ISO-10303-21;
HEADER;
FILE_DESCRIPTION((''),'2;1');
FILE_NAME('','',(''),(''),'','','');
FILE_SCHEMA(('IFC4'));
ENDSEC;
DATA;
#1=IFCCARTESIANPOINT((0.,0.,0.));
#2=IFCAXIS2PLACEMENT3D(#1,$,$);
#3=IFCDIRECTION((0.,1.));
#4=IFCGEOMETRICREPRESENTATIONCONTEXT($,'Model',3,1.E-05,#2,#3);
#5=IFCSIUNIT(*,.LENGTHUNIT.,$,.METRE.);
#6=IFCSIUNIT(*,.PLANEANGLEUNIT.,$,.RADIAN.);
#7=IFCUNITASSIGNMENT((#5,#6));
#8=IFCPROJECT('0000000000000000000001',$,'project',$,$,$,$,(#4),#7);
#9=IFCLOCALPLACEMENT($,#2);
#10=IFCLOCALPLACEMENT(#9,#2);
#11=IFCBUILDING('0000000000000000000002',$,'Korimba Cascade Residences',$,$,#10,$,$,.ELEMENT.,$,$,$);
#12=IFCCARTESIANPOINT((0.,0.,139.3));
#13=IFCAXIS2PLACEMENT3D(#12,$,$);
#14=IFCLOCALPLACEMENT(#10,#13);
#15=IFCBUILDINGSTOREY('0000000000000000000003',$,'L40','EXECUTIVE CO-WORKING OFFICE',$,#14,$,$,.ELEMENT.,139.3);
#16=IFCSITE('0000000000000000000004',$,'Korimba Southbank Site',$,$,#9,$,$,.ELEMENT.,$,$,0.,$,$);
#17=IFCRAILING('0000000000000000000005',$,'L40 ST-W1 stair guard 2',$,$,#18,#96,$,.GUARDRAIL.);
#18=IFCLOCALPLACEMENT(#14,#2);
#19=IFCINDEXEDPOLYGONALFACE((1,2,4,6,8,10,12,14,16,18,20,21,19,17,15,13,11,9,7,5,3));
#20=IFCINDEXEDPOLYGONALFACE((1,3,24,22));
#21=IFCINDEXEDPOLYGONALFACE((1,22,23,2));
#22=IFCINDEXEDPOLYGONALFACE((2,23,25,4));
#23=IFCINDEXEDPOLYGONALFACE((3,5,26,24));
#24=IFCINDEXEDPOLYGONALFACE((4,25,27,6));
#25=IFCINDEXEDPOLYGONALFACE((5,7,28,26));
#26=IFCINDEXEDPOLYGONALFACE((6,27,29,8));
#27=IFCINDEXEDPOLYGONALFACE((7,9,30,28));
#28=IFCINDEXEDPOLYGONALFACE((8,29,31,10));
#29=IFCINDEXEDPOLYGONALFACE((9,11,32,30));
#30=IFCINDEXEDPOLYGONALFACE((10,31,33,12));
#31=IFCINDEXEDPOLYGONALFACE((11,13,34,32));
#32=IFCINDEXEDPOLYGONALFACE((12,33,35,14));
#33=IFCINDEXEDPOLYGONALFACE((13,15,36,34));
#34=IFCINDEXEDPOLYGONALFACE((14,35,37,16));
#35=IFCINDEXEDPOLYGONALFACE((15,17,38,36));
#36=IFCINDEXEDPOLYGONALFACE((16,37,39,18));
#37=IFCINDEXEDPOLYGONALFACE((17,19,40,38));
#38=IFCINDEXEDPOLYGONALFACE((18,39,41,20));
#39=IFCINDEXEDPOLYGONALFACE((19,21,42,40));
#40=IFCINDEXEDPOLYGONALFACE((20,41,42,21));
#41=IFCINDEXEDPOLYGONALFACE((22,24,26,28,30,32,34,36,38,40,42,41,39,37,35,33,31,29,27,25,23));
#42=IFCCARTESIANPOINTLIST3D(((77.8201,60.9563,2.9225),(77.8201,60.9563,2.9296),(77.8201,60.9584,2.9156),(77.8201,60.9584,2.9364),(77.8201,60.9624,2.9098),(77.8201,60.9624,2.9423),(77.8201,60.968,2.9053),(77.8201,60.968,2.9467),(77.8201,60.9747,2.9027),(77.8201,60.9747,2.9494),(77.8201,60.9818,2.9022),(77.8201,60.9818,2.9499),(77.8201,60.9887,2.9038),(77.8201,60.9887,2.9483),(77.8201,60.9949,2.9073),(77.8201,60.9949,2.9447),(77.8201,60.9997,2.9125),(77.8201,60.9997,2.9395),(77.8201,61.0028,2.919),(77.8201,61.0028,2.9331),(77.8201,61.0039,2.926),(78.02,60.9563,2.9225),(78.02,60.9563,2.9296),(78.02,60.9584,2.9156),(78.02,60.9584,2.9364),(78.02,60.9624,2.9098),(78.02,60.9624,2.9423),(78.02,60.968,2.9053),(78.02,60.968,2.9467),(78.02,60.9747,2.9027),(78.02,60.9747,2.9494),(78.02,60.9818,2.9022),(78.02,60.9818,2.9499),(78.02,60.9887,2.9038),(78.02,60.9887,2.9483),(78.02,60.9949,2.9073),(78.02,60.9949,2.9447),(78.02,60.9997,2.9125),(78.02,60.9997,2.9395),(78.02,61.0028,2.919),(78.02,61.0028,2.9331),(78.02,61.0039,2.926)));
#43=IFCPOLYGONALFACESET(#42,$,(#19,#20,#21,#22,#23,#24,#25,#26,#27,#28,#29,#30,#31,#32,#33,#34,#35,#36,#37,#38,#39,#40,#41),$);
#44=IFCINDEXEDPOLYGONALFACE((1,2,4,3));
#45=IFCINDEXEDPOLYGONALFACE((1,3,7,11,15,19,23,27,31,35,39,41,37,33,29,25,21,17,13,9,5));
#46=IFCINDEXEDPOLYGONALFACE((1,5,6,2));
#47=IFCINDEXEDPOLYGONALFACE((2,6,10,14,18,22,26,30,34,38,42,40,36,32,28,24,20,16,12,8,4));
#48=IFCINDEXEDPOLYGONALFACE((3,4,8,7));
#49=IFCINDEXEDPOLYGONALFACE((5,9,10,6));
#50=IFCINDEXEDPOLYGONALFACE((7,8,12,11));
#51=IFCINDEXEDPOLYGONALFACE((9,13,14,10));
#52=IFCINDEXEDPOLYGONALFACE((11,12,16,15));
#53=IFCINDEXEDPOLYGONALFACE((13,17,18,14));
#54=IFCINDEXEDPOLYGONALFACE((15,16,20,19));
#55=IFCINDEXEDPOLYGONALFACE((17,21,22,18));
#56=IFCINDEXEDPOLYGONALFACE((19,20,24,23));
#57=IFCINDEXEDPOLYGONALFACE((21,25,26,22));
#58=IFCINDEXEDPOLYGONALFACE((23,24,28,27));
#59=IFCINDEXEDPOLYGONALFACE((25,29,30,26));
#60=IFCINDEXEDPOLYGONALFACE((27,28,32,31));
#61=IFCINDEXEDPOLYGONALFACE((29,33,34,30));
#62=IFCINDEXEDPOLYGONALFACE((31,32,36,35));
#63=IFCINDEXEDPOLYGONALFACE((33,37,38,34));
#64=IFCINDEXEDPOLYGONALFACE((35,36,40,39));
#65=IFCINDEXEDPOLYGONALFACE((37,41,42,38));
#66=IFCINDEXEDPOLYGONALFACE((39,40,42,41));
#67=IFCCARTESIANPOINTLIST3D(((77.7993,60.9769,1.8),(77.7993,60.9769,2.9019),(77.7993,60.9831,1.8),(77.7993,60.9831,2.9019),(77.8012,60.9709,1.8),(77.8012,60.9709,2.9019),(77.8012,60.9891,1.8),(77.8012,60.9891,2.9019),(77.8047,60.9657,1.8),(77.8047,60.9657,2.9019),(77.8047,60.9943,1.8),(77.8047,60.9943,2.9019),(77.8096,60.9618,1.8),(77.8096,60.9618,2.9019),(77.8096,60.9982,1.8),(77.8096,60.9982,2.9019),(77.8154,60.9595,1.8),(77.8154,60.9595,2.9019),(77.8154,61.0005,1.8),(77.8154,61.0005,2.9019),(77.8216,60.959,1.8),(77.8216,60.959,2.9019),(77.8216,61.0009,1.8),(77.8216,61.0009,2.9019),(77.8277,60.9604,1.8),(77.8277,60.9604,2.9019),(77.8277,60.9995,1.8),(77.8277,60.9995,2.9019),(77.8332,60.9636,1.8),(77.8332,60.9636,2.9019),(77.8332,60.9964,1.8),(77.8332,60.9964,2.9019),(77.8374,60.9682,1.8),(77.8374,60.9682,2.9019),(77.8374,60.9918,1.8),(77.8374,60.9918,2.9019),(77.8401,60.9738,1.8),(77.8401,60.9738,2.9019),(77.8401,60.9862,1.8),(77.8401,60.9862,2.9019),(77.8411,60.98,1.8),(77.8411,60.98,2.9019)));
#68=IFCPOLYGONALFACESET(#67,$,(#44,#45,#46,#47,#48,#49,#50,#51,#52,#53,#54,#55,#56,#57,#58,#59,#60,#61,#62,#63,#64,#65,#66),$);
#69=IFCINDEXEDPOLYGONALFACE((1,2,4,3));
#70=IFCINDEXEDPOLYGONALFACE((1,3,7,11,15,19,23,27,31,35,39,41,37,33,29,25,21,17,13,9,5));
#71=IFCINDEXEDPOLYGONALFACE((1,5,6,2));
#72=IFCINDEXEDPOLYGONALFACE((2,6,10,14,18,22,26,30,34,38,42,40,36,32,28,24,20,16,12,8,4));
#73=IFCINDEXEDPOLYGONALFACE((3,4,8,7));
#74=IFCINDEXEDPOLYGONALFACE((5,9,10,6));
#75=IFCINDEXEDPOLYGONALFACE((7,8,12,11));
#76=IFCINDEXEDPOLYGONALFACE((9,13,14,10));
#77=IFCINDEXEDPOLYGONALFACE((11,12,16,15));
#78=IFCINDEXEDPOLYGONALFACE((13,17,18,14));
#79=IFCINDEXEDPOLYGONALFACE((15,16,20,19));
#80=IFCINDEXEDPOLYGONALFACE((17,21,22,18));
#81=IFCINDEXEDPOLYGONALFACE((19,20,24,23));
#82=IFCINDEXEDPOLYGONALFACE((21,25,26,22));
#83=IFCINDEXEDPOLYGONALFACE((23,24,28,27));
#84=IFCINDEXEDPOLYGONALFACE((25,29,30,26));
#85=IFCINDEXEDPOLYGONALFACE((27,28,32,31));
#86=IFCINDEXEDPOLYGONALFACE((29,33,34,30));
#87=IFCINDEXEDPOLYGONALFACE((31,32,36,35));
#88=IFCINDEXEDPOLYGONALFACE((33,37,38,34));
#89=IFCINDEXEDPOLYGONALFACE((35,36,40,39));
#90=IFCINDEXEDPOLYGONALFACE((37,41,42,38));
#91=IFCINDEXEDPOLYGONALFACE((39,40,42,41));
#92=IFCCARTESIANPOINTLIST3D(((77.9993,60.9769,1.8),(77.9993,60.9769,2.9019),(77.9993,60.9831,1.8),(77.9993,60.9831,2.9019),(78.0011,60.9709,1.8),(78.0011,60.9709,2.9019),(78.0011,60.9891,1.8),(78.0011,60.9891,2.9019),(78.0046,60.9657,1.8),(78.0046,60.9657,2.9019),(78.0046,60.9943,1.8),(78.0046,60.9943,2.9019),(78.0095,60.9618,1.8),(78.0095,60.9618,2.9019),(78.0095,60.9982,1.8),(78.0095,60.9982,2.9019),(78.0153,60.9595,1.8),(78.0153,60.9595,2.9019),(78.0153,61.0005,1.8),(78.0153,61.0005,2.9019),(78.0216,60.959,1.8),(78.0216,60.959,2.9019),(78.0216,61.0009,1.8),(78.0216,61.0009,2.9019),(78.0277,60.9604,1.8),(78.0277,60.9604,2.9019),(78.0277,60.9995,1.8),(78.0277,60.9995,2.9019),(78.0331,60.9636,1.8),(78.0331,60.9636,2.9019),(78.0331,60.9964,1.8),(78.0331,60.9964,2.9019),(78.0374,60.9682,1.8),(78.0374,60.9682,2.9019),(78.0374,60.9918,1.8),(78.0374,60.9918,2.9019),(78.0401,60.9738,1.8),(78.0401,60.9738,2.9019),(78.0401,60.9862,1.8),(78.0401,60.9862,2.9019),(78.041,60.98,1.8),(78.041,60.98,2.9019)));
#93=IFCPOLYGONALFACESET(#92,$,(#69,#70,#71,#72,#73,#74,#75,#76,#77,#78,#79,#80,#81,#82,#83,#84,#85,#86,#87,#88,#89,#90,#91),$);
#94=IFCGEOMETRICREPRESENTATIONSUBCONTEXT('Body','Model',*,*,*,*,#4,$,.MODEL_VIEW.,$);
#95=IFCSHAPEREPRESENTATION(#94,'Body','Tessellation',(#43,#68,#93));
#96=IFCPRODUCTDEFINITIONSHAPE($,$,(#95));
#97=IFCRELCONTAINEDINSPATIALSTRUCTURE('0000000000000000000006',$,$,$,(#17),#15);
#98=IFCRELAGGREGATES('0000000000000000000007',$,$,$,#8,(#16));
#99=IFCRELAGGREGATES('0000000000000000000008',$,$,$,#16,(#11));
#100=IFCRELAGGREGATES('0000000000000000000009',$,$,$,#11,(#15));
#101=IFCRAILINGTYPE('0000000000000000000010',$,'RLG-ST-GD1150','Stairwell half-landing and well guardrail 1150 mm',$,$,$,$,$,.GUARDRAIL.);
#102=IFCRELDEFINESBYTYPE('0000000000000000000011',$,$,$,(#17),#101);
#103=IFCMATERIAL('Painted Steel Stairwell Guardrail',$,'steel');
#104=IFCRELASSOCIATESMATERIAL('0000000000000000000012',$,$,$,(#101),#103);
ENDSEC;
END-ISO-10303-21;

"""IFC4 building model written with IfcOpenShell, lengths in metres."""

from ifc_helpers import new_model, si_unit, direction, frame, origin, origin_2d, place, context, subcontext, project, spatial, circle, extrude, material, type_object, element, save


model = new_model("IFC4")

# Units and contexts
model_context = context("Model", 3, precision=1e-05, world=origin(), true_north=direction((0.0, 1.0)))
body_context = subcontext(model_context, "Body", "Model", "MODEL_VIEW")
ifc_project = project(units=[si_unit("LENGTHUNIT", "METRE"), si_unit("PLANEANGLEUNIT", "RADIAN")], contexts=[model_context])

# Site, building, storey
site_placement = place(None, origin())
site = spatial("IfcSite", under=ifc_project, at=site_placement, Name="Korimba Southbank Site", CompositionType="ELEMENT", RefElevation=0.0)
building_placement = place(site_placement, origin())
building = spatial("IfcBuilding", under=site, at=building_placement, Name="Korimba Cascade Residences", CompositionType="ELEMENT")
storey_placement = place(building_placement, frame((0.0, 0.0, 139.3)))
storey = spatial("IfcBuildingStorey", under=building, at=storey_placement, Name="L40", Description="EXECUTIVE CO-WORKING OFFICE", CompositionType="ELEMENT", Elevation=139.3)

# Railing
ifc_material_1 = material(Name="Painted Steel Stairwell Guardrail", Category="steel")
railing_type_1 = type_object("IfcRailingType", Name="RLG-ST-GD1150", Description="Stairwell half-landing and well guardrail 1150 mm", PredefinedType="GUARDRAIL", material=ifc_material_1)
railing_1_placement = place(storey_placement, frame((77.8201, 60.98, 1.8)))
element("IfcRailing", 1, at=railing_1_placement, inside=storey, type_object=railing_type_1, Name="L40 ST-W1 stair guard 2", PredefinedType="GUARDRAIL", context=body_context, shape_type="SweptSolid", body=[
    extrude(circle(Radius=0.0239, at=origin_2d()), frame((0.0, 0.0, 1.126), z_axis=(1.0, 0.0, 0.0), x_axis=(0.0, 1.0, 0.0)), (0.0, 0.0, 1.0), 0.2),
    extrude(circle(Radius=0.021, at=origin_2d()), origin(), (0.0, 0.0, 1.0), 1.1018),
    extrude(circle(Radius=0.021, at=origin_2d()), frame((0.2, 0.0, 0.0)), (0.0, 0.0, 1.0), 1.1018),
])

save(model, "model.ifc")
